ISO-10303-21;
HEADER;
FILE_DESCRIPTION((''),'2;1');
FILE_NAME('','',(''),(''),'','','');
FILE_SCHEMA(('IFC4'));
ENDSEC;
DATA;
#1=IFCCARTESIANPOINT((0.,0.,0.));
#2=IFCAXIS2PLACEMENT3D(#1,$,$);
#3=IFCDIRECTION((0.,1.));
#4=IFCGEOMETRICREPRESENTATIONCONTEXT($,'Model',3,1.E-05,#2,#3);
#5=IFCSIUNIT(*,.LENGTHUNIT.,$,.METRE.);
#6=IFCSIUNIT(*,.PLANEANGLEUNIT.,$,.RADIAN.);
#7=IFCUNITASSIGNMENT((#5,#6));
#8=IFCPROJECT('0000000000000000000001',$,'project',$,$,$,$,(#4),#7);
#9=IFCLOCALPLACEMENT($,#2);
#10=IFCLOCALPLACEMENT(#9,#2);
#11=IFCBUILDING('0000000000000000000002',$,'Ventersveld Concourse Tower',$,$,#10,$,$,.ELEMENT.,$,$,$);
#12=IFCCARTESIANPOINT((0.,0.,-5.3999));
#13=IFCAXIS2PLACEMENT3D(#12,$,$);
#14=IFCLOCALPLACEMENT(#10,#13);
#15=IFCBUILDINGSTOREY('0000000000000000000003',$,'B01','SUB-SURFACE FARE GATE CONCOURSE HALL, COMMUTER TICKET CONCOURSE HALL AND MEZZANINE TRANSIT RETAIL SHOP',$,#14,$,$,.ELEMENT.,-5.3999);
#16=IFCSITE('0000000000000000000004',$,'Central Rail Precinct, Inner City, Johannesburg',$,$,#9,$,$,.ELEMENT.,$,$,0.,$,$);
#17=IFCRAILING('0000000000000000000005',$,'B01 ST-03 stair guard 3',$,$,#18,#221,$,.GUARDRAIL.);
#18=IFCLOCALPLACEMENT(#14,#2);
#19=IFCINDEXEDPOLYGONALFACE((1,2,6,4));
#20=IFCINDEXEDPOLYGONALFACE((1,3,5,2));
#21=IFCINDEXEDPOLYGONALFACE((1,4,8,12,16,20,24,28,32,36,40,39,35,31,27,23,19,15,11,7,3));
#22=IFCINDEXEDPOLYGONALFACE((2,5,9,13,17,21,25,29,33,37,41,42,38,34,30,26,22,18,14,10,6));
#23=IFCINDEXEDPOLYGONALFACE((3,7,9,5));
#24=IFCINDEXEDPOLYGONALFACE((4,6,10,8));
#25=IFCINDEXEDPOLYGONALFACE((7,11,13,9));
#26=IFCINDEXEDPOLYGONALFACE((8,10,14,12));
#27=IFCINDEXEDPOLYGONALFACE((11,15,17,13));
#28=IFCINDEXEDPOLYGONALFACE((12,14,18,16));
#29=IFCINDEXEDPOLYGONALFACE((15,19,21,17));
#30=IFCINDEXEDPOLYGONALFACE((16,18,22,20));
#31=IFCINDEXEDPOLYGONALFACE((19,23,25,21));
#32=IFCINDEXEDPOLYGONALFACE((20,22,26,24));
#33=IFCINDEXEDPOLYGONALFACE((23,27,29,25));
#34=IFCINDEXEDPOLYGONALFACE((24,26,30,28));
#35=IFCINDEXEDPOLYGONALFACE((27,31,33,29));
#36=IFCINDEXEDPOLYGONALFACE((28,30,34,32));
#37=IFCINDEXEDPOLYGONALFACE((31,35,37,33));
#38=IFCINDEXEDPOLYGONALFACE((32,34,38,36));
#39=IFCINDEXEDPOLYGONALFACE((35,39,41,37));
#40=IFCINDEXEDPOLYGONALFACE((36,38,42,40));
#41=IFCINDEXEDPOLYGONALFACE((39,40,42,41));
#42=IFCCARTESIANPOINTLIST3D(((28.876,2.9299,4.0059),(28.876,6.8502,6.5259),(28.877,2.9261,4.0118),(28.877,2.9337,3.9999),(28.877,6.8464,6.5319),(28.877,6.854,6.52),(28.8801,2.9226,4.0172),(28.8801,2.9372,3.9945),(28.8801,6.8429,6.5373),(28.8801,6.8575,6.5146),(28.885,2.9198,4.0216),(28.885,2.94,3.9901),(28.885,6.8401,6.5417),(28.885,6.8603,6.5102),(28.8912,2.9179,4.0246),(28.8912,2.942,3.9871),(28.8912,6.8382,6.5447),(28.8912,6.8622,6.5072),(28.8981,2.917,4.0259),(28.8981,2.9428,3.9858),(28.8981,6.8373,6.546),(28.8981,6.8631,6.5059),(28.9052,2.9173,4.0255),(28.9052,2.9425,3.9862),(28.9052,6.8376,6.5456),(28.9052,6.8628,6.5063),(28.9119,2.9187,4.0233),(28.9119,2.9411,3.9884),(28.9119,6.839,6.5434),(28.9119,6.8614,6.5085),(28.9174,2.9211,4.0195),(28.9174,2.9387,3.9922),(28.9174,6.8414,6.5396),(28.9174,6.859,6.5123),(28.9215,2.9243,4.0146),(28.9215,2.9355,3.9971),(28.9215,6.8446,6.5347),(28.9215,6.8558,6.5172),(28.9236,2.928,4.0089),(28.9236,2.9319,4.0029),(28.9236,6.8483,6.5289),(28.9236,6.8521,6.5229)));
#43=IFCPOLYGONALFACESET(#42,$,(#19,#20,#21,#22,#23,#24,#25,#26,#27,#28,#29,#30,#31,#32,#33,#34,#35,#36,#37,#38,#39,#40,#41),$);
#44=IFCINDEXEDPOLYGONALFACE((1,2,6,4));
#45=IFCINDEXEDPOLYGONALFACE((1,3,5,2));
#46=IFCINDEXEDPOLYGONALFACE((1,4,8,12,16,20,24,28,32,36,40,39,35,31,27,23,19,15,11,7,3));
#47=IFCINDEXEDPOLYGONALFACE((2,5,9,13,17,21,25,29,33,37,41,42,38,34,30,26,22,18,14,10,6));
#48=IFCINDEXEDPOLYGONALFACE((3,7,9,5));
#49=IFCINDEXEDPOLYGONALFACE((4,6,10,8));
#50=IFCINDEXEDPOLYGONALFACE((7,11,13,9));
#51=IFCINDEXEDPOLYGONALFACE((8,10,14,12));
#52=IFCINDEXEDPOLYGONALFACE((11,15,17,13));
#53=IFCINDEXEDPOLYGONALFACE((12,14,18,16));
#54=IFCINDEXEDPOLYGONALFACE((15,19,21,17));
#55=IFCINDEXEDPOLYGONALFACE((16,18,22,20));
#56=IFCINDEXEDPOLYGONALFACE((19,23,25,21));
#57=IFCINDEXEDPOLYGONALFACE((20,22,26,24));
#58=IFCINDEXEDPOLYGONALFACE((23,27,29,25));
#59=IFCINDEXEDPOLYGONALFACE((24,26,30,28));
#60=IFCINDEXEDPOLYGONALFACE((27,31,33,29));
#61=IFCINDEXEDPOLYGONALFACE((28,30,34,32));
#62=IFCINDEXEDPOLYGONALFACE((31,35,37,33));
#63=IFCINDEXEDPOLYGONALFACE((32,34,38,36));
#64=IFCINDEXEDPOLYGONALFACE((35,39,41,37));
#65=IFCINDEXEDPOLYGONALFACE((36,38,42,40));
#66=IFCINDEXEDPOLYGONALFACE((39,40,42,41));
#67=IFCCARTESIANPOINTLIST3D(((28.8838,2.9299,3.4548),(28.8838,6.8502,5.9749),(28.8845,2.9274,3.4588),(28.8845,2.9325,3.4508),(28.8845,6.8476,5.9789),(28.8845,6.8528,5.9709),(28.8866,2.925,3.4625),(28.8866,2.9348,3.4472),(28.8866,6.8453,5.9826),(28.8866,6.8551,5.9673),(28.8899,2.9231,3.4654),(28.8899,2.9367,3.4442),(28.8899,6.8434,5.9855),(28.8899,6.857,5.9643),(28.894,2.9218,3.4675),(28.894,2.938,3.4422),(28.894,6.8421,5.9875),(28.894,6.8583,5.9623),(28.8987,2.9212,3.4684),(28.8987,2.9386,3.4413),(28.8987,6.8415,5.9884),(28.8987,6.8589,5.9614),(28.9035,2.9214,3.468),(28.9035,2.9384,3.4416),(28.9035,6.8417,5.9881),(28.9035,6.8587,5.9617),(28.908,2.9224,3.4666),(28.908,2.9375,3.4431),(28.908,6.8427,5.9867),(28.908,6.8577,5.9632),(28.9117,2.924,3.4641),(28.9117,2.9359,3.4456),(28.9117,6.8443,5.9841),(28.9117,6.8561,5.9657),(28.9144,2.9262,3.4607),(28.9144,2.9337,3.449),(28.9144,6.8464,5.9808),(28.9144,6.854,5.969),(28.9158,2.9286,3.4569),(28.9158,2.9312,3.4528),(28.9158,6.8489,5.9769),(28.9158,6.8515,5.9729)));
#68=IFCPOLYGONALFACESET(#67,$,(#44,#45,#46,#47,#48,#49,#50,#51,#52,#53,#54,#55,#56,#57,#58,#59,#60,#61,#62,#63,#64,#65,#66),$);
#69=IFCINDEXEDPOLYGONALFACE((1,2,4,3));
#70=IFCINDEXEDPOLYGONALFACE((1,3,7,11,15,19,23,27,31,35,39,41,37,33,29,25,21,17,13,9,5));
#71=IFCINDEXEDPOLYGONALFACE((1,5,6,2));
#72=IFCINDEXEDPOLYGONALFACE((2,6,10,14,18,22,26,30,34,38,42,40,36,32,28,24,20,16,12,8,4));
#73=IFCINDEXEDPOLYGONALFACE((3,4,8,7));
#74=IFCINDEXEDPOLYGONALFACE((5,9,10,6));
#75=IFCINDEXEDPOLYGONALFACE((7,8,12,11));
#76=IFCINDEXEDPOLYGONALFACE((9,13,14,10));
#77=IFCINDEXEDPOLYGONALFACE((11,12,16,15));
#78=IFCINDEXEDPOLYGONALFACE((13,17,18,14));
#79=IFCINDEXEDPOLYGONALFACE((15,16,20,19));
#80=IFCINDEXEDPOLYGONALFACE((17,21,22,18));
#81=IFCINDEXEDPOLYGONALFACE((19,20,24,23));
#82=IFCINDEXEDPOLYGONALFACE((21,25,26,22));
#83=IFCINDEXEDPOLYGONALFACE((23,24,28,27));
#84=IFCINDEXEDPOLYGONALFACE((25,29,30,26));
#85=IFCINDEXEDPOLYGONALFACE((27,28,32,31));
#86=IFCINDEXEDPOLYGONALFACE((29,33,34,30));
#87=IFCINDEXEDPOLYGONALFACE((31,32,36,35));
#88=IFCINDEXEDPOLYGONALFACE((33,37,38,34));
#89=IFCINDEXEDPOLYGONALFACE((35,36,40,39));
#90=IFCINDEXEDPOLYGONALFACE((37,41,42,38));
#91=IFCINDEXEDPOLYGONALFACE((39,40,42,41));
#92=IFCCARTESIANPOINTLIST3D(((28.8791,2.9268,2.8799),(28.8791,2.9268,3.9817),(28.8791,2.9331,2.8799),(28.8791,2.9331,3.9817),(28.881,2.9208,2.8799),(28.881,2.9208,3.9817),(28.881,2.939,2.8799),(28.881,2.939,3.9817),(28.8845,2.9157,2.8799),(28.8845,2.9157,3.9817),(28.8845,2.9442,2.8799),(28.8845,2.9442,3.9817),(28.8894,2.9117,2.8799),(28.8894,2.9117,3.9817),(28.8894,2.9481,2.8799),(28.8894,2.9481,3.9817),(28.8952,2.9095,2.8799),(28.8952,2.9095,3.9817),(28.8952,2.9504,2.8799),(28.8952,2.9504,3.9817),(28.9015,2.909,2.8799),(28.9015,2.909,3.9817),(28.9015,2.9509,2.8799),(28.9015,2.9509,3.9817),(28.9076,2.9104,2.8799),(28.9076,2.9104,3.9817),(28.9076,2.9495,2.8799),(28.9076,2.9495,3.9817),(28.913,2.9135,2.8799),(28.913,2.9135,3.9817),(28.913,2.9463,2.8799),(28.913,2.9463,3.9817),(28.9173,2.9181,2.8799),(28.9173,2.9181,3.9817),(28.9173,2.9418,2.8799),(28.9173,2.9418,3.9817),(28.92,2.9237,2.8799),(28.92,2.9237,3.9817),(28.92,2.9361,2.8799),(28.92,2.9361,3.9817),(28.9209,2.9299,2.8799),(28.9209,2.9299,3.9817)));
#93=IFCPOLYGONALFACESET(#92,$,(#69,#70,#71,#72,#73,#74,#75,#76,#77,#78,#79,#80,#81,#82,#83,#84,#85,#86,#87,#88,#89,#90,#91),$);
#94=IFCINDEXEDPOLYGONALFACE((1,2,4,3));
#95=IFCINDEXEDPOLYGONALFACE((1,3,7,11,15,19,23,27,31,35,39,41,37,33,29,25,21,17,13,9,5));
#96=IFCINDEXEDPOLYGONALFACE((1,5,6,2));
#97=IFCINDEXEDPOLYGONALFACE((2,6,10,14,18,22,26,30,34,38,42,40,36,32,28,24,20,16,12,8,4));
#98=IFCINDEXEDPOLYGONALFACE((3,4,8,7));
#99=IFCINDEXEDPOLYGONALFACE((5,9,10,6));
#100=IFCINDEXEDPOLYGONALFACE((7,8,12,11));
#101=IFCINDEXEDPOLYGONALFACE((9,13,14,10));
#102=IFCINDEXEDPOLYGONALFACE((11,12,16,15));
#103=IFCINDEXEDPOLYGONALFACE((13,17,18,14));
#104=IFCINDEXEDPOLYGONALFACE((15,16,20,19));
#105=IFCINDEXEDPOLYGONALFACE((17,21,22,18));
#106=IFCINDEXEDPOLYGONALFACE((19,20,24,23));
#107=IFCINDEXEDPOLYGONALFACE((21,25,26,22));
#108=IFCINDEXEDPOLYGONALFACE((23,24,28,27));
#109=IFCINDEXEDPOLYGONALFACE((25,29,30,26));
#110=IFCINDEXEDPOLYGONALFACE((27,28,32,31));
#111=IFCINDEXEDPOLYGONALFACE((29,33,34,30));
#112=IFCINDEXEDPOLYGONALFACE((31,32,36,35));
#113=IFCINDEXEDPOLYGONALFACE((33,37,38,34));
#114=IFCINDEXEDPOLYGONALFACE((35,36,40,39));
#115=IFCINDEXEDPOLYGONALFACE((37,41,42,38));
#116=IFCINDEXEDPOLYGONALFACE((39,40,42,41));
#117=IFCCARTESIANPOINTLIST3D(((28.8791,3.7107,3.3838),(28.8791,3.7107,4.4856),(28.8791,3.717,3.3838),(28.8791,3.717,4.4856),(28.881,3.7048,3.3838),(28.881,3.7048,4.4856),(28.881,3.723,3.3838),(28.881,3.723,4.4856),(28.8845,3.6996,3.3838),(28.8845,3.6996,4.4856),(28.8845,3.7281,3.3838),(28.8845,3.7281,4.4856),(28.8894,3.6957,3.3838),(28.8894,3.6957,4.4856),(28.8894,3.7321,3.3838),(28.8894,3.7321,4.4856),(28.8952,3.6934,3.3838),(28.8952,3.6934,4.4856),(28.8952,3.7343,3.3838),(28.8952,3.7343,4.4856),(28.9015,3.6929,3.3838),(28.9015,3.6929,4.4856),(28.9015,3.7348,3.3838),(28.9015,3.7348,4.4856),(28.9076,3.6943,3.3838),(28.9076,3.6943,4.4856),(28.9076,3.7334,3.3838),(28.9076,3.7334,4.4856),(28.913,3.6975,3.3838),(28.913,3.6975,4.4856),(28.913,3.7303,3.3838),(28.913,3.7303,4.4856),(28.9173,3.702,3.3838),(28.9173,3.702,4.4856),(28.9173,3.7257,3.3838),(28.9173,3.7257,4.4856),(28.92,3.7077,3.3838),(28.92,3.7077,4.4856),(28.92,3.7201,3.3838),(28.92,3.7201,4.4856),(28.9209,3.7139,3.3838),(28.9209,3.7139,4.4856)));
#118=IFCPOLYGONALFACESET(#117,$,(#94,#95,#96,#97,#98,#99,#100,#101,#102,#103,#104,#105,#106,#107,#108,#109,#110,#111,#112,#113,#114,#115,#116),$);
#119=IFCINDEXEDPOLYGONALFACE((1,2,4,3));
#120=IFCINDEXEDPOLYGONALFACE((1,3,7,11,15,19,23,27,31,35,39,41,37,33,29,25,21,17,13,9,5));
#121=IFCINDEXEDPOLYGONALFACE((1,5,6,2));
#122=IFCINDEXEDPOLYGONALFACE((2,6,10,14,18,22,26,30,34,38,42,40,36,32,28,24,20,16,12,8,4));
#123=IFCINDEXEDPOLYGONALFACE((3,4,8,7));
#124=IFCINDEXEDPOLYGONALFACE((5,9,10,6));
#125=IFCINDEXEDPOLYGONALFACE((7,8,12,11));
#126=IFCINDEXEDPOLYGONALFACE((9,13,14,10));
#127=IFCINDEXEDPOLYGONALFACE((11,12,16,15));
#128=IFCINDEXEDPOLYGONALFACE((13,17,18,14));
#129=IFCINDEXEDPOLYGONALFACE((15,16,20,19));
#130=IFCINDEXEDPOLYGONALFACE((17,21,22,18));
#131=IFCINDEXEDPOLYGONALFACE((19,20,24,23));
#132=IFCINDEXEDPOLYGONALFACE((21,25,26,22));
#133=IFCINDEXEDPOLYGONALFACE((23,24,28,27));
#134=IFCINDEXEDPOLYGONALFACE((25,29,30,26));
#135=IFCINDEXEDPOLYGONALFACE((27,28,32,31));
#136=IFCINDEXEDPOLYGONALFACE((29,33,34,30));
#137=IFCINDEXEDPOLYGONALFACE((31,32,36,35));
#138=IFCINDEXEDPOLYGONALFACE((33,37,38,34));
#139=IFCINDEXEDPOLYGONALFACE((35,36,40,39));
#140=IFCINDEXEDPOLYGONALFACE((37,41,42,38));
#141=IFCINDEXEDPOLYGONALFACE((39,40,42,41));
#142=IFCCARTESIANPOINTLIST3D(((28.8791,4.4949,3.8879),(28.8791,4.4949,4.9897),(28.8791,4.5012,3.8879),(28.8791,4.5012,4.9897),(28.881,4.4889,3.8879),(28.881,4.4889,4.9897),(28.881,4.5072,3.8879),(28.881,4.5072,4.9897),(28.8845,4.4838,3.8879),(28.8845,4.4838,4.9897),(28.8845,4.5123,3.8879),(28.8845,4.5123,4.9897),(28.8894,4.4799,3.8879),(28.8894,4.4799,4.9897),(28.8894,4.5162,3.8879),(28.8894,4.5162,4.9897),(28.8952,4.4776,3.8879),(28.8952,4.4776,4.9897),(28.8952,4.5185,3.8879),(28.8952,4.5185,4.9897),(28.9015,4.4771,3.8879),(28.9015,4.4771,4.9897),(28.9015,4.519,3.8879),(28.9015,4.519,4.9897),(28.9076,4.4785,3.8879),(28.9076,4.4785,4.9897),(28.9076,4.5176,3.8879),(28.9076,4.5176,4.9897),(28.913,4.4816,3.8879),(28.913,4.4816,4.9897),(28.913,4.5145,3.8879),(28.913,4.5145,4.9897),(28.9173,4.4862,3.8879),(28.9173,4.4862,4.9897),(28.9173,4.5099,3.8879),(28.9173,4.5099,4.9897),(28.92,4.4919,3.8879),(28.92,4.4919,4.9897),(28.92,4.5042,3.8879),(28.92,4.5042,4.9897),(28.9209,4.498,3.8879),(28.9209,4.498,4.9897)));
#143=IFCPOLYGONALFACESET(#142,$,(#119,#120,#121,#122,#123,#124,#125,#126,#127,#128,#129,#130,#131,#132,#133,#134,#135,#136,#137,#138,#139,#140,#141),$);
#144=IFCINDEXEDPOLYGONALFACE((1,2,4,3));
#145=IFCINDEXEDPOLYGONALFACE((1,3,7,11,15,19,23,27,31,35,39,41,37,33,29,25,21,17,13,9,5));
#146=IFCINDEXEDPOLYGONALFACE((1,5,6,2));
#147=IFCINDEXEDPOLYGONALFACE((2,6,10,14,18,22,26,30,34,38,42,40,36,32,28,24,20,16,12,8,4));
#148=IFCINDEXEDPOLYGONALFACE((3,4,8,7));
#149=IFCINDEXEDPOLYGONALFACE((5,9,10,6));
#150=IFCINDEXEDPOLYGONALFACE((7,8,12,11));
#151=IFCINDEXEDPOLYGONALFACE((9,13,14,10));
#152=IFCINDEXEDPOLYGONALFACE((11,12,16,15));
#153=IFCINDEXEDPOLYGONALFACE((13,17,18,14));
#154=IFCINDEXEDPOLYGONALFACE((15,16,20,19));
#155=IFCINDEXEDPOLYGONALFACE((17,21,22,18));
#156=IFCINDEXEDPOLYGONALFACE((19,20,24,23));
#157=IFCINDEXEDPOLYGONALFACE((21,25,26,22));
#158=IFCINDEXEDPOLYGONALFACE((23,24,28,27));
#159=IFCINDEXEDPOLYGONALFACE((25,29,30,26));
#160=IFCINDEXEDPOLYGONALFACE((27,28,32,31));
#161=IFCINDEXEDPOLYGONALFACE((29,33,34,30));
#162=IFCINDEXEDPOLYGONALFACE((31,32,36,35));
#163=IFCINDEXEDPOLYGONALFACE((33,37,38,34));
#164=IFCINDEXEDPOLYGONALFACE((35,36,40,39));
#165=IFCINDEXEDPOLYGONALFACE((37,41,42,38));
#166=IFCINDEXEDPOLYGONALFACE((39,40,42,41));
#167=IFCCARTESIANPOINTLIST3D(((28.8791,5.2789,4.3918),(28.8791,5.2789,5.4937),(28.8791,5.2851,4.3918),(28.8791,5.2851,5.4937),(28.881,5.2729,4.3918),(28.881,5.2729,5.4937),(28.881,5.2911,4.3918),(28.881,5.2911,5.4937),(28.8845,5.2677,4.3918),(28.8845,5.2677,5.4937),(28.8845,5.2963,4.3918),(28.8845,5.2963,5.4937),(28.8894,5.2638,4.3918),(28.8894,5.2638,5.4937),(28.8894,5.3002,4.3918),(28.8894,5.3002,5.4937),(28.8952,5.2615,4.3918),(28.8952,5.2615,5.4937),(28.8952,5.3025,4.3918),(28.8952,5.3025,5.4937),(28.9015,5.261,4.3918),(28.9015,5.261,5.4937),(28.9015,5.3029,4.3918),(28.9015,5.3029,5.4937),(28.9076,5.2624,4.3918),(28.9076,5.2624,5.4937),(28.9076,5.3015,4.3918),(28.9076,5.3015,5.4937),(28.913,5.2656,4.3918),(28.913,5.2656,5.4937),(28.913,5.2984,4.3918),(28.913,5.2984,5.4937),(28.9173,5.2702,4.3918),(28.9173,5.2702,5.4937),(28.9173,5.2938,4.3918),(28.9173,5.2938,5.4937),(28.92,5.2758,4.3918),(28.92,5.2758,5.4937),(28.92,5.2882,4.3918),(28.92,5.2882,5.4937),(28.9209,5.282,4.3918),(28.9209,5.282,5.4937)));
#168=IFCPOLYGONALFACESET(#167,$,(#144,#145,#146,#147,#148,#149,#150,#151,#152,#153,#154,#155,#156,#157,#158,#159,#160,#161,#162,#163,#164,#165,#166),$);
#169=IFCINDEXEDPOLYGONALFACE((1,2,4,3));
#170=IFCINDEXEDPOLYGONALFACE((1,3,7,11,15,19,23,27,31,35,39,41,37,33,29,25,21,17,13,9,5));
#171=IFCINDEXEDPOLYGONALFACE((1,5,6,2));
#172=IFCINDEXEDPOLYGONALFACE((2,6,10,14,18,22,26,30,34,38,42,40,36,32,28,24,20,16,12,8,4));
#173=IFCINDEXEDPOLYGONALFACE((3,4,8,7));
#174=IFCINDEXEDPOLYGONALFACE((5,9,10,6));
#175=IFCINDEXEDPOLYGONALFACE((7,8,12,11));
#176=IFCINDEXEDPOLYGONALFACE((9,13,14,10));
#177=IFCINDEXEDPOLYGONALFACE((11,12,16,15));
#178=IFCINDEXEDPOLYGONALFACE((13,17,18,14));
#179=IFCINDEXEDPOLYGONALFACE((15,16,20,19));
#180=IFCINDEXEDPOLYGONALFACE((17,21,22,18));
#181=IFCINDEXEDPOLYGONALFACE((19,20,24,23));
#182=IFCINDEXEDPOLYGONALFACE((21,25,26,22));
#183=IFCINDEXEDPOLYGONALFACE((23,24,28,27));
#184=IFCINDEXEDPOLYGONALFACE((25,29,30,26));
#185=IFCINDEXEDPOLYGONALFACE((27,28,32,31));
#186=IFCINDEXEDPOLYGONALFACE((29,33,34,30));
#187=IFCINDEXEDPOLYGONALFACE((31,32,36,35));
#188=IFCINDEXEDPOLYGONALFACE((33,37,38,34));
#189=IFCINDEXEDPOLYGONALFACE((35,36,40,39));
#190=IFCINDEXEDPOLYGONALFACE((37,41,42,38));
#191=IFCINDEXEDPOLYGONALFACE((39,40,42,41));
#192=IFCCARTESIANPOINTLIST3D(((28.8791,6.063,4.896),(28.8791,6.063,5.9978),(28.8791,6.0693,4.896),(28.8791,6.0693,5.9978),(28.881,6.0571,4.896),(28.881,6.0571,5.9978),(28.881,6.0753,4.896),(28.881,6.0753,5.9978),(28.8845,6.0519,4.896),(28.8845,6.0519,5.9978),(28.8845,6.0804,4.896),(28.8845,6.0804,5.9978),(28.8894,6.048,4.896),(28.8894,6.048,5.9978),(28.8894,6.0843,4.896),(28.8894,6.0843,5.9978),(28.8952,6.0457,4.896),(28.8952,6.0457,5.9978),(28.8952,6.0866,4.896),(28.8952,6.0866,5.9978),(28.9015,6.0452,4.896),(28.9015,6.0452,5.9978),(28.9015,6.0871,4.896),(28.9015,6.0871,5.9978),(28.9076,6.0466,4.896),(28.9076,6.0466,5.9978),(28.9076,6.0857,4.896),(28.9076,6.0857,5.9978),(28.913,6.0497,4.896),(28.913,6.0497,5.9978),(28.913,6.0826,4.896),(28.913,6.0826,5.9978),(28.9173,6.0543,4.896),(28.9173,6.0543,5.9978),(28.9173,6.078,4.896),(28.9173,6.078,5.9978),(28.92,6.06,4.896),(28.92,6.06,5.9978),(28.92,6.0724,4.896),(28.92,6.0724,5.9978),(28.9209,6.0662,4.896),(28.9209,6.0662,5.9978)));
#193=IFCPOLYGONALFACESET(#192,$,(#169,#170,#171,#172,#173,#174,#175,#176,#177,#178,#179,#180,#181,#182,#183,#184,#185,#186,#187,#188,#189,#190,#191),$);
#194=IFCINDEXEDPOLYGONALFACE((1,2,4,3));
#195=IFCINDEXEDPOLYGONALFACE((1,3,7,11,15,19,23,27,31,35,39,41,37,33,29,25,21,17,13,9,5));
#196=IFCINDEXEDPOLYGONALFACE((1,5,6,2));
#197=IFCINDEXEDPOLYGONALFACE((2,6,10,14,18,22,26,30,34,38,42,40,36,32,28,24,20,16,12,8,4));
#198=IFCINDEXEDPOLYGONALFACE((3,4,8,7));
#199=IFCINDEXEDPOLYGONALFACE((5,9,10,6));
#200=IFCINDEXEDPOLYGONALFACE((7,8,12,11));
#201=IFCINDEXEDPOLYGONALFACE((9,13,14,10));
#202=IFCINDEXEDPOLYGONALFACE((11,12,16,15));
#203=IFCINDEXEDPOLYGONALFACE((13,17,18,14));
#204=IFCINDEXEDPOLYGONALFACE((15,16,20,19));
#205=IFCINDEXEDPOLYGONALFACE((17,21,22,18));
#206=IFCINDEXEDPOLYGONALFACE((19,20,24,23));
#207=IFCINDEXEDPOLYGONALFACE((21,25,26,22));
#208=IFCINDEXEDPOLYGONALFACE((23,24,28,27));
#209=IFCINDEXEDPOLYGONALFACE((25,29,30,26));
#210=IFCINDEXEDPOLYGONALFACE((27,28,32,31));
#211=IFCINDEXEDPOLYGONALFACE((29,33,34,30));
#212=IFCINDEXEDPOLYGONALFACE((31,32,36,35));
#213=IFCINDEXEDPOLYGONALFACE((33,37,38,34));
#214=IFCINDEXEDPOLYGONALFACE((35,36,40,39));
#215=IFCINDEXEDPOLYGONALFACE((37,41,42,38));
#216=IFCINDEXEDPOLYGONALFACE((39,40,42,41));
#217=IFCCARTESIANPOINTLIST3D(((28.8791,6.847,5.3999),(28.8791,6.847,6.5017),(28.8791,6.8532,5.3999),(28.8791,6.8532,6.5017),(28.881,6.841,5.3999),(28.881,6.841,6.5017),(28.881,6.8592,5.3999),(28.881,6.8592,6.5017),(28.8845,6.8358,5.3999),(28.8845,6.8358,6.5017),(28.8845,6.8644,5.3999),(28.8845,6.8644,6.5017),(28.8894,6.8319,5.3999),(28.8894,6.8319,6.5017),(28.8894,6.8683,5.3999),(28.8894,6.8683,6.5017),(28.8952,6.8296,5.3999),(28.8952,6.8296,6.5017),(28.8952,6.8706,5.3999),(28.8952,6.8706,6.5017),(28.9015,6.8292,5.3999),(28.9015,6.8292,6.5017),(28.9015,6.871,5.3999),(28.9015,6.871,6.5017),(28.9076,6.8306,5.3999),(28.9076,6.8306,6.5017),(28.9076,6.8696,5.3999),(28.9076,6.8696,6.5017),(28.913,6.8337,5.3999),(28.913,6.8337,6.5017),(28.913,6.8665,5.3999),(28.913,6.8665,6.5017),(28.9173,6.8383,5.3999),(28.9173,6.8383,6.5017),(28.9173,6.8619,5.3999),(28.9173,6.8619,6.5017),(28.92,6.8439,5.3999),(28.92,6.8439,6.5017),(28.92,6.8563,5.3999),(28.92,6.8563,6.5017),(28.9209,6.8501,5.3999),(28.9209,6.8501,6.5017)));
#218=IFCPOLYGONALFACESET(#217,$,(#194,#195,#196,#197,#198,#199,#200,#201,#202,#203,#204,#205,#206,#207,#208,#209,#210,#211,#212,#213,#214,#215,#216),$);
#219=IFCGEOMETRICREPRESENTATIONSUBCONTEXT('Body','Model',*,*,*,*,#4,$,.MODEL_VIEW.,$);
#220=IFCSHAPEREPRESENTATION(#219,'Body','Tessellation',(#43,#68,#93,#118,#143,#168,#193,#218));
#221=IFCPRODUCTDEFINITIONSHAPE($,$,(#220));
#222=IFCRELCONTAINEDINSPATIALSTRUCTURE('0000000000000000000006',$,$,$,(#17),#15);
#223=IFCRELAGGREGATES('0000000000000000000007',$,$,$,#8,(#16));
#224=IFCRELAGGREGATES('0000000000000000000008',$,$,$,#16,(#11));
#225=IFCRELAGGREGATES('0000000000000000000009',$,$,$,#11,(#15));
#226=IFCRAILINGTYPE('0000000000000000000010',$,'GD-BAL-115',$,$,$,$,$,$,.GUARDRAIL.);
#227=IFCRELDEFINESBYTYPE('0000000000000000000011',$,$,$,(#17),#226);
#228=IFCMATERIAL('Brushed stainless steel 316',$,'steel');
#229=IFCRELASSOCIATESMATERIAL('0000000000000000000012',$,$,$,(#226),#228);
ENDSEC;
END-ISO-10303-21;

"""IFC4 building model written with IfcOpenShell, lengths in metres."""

from ifc_helpers import new_model, si_unit, direction, frame, origin, origin_2d, place, context, subcontext, project, spatial, circle, extrude, material, type_object, element, save


model = new_model("IFC4")

# Units and contexts
model_context = context("Model", 3, precision=1e-05, world=origin(), true_north=direction((0.0, 1.0)))
body_context = subcontext(model_context, "Body", "Model", "MODEL_VIEW")
ifc_project = project(units=[si_unit("LENGTHUNIT", "METRE"), si_unit("PLANEANGLEUNIT", "RADIAN")], contexts=[model_context])

# Site, building, storey
site_placement = place(None, origin())
site = spatial("IfcSite", under=ifc_project, at=site_placement, Name="Central Rail Precinct, Inner City, Johannesburg", CompositionType="ELEMENT", RefElevation=0.0)
building_placement = place(site_placement, origin())
building = spatial("IfcBuilding", under=site, at=building_placement, Name="Ventersveld Concourse Tower", CompositionType="ELEMENT")
storey_placement = place(building_placement, frame((0.0, 0.0, -5.3999)))
storey = spatial("IfcBuildingStorey", under=building, at=storey_placement, Name="B01", Description="SUB-SURFACE FARE GATE CONCOURSE HALL, COMMUTER TICKET CONCOURSE HALL AND MEZZANINE TRANSIT RETAIL SHOP", CompositionType="ELEMENT", Elevation=-5.3999)

# Railing
ifc_material_1 = material(Name="Brushed stainless steel 316", Category="steel")
railing_type_1 = type_object("IfcRailingType", Name="GD-BAL-115", PredefinedType="GUARDRAIL", material=ifc_material_1)
railing_1_placement = place(storey_placement, frame((28.8999, 2.9299, 2.8799)))
element("IfcRailing", 1, at=railing_1_placement, inside=storey, type_object=railing_type_1, Name="B01 ST-03 stair guard 3", PredefinedType="GUARDRAIL", context=body_context, shape_type="SweptSolid", body=[
    extrude(circle(Radius=0.0239, at=origin_2d()), frame((0.0, 0.0, 1.126), z_axis=(0.0, 0.841187, 0.540744), x_axis=(-1.0, 0.0, 0.0)), (0.0, 0.0, 1.0), 4.6604),
    extrude(circle(Radius=0.0161, at=origin_2d()), frame((0.0, 0.0, 0.575), z_axis=(0.0, 0.841187, 0.540744), x_axis=(-1.0, 0.0, 0.0)), (0.0, 0.0, 1.0), 4.6604),
    extrude(circle(Radius=0.021, at=origin_2d()), origin(), (0.0, 0.0, 1.0), 1.1018),
    extrude(circle(Radius=0.021, at=origin_2d()), frame((0.0, 0.7839, 0.5039)), (0.0, 0.0, 1.0), 1.1018),
    extrude(circle(Radius=0.021, at=origin_2d()), frame((0.0, 1.5681, 1.0081)), (0.0, 0.0, 1.0), 1.1018),
    extrude(circle(Radius=0.021, at=origin_2d()), frame((0.0, 2.3521, 1.512)), (0.0, 0.0, 1.0), 1.1018),
    extrude(circle(Radius=0.021, at=origin_2d()), frame((0.0, 3.1362, 2.0161)), (0.0, 0.0, 1.0), 1.1018),
    extrude(circle(Radius=0.021, at=origin_2d()), frame((0.0, 3.9202, 2.52)), (0.0, 0.0, 1.0), 1.1018),
])

save(model, "model.ifc")
